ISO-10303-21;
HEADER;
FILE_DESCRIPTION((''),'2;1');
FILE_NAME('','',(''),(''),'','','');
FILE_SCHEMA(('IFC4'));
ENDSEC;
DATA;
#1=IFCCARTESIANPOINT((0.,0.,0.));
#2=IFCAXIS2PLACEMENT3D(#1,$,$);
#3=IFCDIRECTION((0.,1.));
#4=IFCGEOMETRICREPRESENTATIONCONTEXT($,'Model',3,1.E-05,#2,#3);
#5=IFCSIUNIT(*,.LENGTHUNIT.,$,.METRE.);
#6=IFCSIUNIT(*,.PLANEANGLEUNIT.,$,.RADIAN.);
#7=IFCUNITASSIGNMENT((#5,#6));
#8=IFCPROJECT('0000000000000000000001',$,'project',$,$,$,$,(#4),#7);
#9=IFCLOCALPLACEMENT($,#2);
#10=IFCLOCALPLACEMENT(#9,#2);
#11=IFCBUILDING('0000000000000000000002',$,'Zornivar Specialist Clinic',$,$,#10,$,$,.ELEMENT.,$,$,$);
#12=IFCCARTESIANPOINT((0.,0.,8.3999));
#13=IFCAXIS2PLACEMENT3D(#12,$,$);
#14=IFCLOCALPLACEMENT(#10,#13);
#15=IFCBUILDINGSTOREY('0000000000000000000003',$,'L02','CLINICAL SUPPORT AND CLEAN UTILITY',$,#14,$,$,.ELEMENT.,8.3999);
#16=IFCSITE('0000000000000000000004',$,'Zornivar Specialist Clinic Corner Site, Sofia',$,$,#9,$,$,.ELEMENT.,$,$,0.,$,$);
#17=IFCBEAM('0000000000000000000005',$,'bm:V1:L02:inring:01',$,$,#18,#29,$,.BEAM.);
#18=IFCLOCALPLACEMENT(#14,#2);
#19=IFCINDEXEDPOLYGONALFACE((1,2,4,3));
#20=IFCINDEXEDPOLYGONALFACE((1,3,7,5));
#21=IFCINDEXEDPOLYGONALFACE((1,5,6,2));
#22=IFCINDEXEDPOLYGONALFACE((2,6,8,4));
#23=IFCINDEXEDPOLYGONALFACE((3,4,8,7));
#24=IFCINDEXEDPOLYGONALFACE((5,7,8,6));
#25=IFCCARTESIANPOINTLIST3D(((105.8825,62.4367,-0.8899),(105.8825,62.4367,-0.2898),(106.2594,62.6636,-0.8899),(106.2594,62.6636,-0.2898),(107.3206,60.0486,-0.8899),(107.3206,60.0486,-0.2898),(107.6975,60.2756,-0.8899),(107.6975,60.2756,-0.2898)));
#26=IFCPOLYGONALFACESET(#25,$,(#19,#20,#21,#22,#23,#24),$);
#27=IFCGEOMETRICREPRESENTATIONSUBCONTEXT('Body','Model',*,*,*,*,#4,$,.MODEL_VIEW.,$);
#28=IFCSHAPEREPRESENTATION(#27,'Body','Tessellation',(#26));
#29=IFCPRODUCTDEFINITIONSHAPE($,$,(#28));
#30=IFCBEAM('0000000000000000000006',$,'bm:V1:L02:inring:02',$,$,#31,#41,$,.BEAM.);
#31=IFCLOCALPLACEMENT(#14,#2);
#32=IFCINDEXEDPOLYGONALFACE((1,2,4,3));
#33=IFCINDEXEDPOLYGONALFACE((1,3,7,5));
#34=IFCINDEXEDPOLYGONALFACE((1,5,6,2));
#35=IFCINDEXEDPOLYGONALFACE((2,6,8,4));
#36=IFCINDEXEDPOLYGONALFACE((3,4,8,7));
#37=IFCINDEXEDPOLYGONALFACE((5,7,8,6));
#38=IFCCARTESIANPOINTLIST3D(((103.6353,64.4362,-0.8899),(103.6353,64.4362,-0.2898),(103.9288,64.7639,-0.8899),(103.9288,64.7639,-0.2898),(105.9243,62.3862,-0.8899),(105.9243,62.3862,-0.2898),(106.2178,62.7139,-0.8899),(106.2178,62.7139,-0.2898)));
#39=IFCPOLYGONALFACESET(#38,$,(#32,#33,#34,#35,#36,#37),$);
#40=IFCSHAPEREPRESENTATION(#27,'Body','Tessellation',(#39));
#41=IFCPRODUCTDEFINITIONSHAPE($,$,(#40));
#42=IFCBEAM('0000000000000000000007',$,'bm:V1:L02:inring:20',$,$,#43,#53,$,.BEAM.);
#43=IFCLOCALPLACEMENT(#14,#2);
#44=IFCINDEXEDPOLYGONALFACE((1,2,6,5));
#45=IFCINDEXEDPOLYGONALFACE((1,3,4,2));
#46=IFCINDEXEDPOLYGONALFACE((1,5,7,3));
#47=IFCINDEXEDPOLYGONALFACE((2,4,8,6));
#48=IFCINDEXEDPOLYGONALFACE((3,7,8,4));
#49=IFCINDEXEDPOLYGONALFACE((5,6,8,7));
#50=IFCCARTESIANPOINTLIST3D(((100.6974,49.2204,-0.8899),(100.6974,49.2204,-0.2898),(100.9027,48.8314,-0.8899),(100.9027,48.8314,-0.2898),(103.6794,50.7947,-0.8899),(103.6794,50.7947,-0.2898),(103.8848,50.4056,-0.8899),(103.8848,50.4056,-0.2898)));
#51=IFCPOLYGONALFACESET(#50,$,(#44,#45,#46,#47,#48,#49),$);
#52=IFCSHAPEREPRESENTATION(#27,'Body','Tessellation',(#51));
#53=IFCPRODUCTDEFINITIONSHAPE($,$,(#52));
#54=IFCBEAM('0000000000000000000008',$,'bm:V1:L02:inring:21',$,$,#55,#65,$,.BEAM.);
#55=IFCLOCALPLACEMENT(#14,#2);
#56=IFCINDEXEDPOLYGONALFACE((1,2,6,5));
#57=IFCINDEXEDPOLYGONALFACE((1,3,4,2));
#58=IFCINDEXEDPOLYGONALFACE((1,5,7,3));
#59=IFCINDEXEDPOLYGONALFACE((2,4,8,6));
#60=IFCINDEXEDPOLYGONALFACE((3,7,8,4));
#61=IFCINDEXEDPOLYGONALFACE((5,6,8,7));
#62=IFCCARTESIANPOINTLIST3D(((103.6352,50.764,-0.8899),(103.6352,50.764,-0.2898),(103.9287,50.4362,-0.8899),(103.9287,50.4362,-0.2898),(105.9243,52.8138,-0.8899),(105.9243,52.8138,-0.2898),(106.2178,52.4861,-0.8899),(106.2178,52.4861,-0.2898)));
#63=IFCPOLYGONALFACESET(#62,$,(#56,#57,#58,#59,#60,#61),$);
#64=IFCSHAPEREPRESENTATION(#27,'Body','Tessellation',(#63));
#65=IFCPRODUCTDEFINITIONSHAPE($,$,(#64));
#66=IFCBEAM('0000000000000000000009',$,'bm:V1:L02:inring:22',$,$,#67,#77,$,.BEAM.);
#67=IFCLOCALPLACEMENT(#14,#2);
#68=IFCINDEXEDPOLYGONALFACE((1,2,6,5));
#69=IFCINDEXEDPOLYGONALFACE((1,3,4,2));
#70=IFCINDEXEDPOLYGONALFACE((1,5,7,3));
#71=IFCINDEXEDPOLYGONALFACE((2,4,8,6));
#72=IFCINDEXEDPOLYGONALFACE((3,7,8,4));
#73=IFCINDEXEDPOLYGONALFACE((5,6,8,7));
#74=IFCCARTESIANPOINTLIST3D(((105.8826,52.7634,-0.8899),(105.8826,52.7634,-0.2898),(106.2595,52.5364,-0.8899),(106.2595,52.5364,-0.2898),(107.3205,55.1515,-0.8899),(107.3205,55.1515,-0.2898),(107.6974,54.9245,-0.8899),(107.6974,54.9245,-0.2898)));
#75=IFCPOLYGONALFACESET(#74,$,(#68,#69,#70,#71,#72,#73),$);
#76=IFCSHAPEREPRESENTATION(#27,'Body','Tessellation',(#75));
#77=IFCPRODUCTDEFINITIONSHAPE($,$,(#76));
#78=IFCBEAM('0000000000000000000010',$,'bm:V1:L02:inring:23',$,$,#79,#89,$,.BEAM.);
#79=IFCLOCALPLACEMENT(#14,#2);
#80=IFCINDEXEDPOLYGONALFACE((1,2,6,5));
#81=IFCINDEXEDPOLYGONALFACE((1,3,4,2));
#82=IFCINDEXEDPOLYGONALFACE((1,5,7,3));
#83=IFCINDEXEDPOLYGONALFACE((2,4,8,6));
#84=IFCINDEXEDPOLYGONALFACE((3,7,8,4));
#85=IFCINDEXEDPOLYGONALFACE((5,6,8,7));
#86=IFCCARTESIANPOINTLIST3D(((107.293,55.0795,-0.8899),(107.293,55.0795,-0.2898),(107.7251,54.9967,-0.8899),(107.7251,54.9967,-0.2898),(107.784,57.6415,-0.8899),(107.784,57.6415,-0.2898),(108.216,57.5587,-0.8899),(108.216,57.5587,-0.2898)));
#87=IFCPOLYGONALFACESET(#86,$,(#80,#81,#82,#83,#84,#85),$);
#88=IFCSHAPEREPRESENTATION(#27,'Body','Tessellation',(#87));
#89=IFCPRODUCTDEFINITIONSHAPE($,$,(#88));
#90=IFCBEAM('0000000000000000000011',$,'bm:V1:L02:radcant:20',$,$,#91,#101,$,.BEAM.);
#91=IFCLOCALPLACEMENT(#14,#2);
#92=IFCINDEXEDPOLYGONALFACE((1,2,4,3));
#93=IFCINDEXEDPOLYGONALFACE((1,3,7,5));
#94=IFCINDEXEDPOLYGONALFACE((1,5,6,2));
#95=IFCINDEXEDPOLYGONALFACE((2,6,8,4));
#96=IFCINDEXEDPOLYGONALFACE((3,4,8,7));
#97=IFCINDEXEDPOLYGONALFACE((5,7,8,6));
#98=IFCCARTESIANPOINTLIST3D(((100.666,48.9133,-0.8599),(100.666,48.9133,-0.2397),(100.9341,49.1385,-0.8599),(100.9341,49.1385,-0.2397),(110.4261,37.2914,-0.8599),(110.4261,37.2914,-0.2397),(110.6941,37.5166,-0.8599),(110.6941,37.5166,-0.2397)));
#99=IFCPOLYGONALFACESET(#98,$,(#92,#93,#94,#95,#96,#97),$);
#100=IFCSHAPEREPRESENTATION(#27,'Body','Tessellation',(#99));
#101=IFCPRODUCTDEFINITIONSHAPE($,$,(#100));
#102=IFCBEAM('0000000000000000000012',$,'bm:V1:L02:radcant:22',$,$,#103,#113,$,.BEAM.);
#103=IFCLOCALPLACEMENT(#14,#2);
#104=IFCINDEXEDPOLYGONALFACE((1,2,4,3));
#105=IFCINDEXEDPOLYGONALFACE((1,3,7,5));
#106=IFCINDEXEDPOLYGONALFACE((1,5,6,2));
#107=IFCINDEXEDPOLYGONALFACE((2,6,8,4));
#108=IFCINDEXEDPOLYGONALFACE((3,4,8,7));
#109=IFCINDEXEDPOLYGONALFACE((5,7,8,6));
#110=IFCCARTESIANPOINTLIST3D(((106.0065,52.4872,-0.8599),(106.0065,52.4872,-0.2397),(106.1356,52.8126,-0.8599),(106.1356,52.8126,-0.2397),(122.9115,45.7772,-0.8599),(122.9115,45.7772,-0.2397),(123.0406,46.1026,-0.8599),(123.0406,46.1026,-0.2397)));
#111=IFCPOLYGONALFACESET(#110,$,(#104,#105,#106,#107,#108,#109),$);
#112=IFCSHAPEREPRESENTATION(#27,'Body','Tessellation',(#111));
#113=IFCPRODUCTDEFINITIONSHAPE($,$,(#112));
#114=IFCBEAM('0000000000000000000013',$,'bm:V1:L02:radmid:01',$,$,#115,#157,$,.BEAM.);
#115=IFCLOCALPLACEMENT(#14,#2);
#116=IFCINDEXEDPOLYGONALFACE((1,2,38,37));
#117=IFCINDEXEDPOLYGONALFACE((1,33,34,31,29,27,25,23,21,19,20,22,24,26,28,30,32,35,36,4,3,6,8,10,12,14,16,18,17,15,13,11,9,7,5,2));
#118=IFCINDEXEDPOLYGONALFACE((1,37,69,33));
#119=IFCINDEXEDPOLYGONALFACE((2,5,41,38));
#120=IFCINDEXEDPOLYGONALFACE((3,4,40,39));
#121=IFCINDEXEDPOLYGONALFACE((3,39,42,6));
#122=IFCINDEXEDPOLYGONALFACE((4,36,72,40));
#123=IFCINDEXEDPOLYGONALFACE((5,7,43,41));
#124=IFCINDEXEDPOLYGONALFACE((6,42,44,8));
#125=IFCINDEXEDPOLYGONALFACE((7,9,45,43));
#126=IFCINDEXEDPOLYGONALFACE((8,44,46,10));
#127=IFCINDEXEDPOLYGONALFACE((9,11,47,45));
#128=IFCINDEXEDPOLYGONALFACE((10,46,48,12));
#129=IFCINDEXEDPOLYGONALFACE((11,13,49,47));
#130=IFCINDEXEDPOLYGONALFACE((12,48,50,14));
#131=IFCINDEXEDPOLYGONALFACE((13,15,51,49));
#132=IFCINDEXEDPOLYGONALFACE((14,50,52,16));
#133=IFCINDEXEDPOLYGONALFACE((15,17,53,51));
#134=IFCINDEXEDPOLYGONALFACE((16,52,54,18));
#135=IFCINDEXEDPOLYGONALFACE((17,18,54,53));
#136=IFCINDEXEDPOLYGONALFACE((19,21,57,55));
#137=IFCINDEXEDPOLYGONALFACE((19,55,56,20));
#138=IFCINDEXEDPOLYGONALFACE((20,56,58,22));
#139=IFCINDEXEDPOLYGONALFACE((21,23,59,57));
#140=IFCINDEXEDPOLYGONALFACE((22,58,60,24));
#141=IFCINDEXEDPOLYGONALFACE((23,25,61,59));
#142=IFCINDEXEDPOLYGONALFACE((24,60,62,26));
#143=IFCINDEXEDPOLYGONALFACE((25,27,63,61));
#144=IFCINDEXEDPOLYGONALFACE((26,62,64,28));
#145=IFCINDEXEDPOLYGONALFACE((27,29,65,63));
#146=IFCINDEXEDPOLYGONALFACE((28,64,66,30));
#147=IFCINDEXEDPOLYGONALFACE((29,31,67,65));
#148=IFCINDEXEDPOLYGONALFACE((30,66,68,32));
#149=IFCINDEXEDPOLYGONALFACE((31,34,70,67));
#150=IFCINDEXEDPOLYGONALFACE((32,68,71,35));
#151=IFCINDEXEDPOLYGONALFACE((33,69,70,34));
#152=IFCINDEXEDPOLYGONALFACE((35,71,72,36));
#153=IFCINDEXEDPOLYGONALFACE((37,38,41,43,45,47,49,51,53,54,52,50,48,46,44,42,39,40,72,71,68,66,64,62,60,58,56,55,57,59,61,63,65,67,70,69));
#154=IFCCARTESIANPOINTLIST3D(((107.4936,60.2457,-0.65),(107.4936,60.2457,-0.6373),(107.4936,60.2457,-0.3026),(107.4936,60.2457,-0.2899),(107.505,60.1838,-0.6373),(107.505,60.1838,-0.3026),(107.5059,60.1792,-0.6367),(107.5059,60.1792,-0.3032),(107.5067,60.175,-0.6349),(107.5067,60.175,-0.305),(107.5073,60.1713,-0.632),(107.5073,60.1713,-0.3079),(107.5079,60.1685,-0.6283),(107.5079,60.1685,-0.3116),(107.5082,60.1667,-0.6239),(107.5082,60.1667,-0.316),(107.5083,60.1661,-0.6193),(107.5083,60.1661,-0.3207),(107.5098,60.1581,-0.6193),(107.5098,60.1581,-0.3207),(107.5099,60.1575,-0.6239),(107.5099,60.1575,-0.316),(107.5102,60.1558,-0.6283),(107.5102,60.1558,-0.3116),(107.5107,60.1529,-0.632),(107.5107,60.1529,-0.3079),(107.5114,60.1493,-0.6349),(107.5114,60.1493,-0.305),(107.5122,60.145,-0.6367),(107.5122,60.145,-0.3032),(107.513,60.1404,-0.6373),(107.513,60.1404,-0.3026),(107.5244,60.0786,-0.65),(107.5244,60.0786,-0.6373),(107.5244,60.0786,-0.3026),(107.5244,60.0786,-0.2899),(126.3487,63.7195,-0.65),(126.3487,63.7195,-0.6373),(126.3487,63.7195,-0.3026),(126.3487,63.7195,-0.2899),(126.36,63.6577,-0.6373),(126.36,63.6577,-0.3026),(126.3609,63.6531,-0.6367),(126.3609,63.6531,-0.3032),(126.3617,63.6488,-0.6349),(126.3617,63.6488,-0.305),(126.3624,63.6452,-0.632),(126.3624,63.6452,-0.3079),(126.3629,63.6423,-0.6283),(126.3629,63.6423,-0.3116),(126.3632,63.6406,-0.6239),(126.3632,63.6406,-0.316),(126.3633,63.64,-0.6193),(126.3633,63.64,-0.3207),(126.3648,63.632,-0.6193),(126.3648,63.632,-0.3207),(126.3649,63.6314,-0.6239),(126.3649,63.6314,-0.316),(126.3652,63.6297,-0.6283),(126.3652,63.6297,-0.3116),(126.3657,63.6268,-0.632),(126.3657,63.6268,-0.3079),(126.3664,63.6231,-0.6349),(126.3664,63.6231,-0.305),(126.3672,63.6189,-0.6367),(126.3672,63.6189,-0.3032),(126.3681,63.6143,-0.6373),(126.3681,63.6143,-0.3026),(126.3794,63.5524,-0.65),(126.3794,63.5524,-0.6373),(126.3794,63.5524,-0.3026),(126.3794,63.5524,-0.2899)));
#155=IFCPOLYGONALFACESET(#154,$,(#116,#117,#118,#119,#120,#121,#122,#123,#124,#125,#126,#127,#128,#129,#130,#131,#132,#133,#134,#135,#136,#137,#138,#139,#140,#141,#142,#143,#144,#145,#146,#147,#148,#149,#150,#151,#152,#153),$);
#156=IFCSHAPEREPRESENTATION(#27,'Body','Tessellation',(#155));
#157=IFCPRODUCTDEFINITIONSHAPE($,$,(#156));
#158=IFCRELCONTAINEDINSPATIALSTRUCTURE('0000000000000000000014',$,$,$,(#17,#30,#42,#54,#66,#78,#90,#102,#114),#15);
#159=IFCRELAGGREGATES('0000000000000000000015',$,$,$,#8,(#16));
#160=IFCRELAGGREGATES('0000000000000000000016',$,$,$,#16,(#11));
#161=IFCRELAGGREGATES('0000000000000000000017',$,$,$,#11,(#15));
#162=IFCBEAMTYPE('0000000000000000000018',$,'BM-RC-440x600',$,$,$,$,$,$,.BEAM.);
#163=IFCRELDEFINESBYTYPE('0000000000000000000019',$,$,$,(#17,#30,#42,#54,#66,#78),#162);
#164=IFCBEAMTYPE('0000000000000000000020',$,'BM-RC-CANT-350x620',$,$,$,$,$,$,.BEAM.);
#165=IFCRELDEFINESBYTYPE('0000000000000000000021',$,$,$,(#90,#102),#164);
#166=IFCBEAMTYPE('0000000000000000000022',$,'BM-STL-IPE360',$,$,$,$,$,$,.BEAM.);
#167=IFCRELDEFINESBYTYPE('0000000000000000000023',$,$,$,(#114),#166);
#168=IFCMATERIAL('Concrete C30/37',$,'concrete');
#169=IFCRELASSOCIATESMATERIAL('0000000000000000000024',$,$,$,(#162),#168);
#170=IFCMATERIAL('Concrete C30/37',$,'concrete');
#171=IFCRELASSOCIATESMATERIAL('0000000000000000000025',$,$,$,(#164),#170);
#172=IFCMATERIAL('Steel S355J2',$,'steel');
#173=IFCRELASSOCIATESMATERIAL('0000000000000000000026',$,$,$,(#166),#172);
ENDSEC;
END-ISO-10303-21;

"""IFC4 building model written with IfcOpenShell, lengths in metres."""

from ifc_helpers import new_model, si_unit, direction, frame, origin, origin_2d, place, context, subcontext, project, spatial, rectangle, i_section, extrude, material, material_profile, profile_set, type_object, element, save


model = new_model("IFC4")

# Units and contexts
model_context = context("Model", 3, precision=1e-05, world=origin(), true_north=direction((0.0, 1.0)))
body_context = subcontext(model_context, "Body", "Model", "MODEL_VIEW")
ifc_project = project(units=[si_unit("LENGTHUNIT", "METRE"), si_unit("PLANEANGLEUNIT", "RADIAN")], contexts=[model_context])

# Site, building, storey
site_placement = place(None, origin())
site = spatial("IfcSite", under=ifc_project, at=site_placement, Name="Zornivar Specialist Clinic Corner Site, Sofia", CompositionType="ELEMENT", RefElevation=0.0)
building_placement = place(site_placement, origin())
building = spatial("IfcBuilding", under=site, at=building_placement, Name="Zornivar Specialist Clinic", CompositionType="ELEMENT")
storey_placement = place(building_placement, frame((0.0, 0.0, 8.3999)))
storey = spatial("IfcBuildingStorey", under=building, at=storey_placement, Name="L02", Description="CLINICAL SUPPORT AND CLEAN UTILITY", CompositionType="ELEMENT", Elevation=8.3999)

# Beams
ifc_material_1 = material(Name="Concrete C30/37", Category="concrete")
ifc_material_profile_1 = material_profile(ifc_material_1, rectangle(XDim=0.4399, YDim=0.6001, at=origin_2d()), Name="RC 440x600")
ifc_profile_set_1 = profile_set([ifc_material_profile_1], Name="Concrete C30/37")
beam_type_1 = type_object("IfcBeamType", Name="BM-RC-440x600", PredefinedType="BEAM", material=ifc_profile_set_1)
beam_1_placement = place(storey_placement, frame((107.509, 60.1621, -0.5898), z_axis=(-0.515873, 0.856665, 0.0), x_axis=(-0.856665, -0.515873, 0.0)))
element("IfcBeam", 1, at=beam_1_placement, inside=storey, type_object=beam_type_1, Name="bm:V1:L02:inring:01", PredefinedType="BEAM", context=body_context, shape_type="SweptSolid", body=[
    extrude(rectangle(XDim=0.4399, YDim=0.6001, at=origin_2d()), origin(), (0.0, 0.0, 1.0), 2.7876),
])
beam_2_placement = place(storey_placement, frame((106.071, 62.55, -0.5898), z_axis=(-0.744927, 0.667145, 0.0), x_axis=(-0.667145, -0.744927, 0.0)))
element("IfcBeam", 2, at=beam_2_placement, inside=storey, type_object=beam_type_1, Name="bm:V1:L02:inring:02", PredefinedType="BEAM", context=body_context, shape_type="SweptSolid", body=[
    extrude(rectangle(XDim=0.4399, YDim=0.6001, at=origin_2d()), origin(), (0.0, 0.0, 1.0), 3.0728),
])
beam_3_placement = place(storey_placement, frame((100.8, 49.0259, -0.5898), z_axis=(0.884333, 0.466856, 0.0), x_axis=(-0.466856, 0.884333, 0.0)))
element("IfcBeam", 3, at=beam_3_placement, inside=storey, type_object=beam_type_1, Name="bm:V1:L02:inring:20", PredefinedType="BEAM", context=body_context, shape_type="SweptSolid", body=[
    extrude(rectangle(XDim=0.4399, YDim=0.6001, at=origin_2d()), origin(), (0.0, 0.0, 1.0), 3.3721),
])
beam_4_placement = place(storey_placement, frame((103.782, 50.6001, -0.5898), z_axis=(0.744967, 0.667101, 0.0), x_axis=(-0.667101, 0.744967, 0.0)))
element("IfcBeam", 4, at=beam_4_placement, inside=storey, type_object=beam_type_1, Name="bm:V1:L02:inring:21", PredefinedType="BEAM", context=body_context, shape_type="SweptSolid", body=[
    extrude(rectangle(XDim=0.4399, YDim=0.6001, at=origin_2d()), origin(), (0.0, 0.0, 1.0), 3.0728),
])
beam_5_placement = place(storey_placement, frame((106.071, 52.6499, -0.5898), z_axis=(0.515835, 0.856688, 0.0), x_axis=(-0.856688, 0.515835, 0.0)))
element("IfcBeam", 5, at=beam_5_placement, inside=storey, type_object=beam_type_1, Name="bm:V1:L02:inring:22", PredefinedType="BEAM", context=body_context, shape_type="SweptSolid", body=[
    extrude(rectangle(XDim=0.4399, YDim=0.6001, at=origin_2d()), origin(), (0.0, 0.0, 1.0), 2.7876),
])
beam_6_placement = place(storey_placement, frame((107.509, 55.0381, -0.5898), z_axis=(0.188209, 0.982129, 0.0), x_axis=(-0.982129, 0.188209, 0.0)))
element("IfcBeam", 6, at=beam_6_placement, inside=storey, type_object=beam_type_1, Name="bm:V1:L02:inring:23", PredefinedType="BEAM", context=body_context, shape_type="SweptSolid", body=[
    extrude(rectangle(XDim=0.4399, YDim=0.6001, at=origin_2d()), origin(), (0.0, 0.0, 1.0), 2.6086),
])
ifc_material_2 = material(Name="Concrete C30/37", Category="concrete")
ifc_material_profile_2 = material_profile(ifc_material_2, rectangle(XDim=0.3501, YDim=0.6201, at=origin_2d()), Name="RC 350x620")
ifc_profile_set_2 = profile_set([ifc_material_profile_2], Name="Concrete C30/37")
beam_type_2 = type_object("IfcBeamType", Name="BM-RC-CANT-350x620", PredefinedType="BEAM", material=ifc_profile_set_2)
beam_7_placement = place(storey_placement, frame((100.8, 49.0259, -0.5498), z_axis=(0.643102, -0.76578, 0.0), x_axis=(0.76578, 0.643102, 0.0)))
element("IfcBeam", 7, at=beam_7_placement, inside=storey, type_object=beam_type_2, Name="bm:V1:L02:radcant:20", PredefinedType="BEAM", context=body_context, shape_type="SweptSolid", body=[
    extrude(rectangle(XDim=0.3501, YDim=0.6201, at=origin_2d()), origin(), (0.0, 0.0, 1.0), 15.1765),
])
beam_8_placement = place(storey_placement, frame((106.071, 52.6499, -0.5498), z_axis=(0.92946, -0.368922, 0.0), x_axis=(0.368922, 0.92946, 0.0)))
element("IfcBeam", 8, at=beam_8_placement, inside=storey, type_object=beam_type_2, Name="bm:V1:L02:radcant:22", PredefinedType="BEAM", context=body_context, shape_type="SweptSolid", body=[
    extrude(rectangle(XDim=0.3501, YDim=0.6201, at=origin_2d()), origin(), (0.0, 0.0, 1.0), 18.188),
])
ifc_material_3 = material(Name="Steel S355J2", Category="steel")
ifc_material_profile_3 = material_profile(ifc_material_3, i_section(OverallWidth=0.1699, OverallDepth=0.3601, WebThickness=0.0081, FlangeThickness=0.0127, FilletRadius=0.0181, at=origin_2d()), Name="IPE 360")
ifc_profile_set_3 = profile_set([ifc_material_profile_3], Name="Steel S355J2")
beam_type_3 = type_object("IfcBeamType", Name="BM-STL-IPE360", PredefinedType="BEAM", material=ifc_profile_set_3)
beam_9_placement = place(storey_placement, frame((107.509, 60.1621, -0.47), z_axis=(0.983448, 0.181192, 0.0), x_axis=(-0.181192, 0.983448, 0.0)))
element("IfcBeam", 9, at=beam_9_placement, inside=storey, type_object=beam_type_3, Name="bm:V1:L02:radmid:01", PredefinedType="BEAM", context=body_context, shape_type="SweptSolid", body=[
    extrude(i_section(OverallWidth=0.1699, OverallDepth=0.3601, WebThickness=0.0081, FlangeThickness=0.0127, FilletRadius=0.0181, at=origin_2d()), origin(), (0.0, 0.0, 1.0), 19.1724),
])

save(model, "model.ifc")
